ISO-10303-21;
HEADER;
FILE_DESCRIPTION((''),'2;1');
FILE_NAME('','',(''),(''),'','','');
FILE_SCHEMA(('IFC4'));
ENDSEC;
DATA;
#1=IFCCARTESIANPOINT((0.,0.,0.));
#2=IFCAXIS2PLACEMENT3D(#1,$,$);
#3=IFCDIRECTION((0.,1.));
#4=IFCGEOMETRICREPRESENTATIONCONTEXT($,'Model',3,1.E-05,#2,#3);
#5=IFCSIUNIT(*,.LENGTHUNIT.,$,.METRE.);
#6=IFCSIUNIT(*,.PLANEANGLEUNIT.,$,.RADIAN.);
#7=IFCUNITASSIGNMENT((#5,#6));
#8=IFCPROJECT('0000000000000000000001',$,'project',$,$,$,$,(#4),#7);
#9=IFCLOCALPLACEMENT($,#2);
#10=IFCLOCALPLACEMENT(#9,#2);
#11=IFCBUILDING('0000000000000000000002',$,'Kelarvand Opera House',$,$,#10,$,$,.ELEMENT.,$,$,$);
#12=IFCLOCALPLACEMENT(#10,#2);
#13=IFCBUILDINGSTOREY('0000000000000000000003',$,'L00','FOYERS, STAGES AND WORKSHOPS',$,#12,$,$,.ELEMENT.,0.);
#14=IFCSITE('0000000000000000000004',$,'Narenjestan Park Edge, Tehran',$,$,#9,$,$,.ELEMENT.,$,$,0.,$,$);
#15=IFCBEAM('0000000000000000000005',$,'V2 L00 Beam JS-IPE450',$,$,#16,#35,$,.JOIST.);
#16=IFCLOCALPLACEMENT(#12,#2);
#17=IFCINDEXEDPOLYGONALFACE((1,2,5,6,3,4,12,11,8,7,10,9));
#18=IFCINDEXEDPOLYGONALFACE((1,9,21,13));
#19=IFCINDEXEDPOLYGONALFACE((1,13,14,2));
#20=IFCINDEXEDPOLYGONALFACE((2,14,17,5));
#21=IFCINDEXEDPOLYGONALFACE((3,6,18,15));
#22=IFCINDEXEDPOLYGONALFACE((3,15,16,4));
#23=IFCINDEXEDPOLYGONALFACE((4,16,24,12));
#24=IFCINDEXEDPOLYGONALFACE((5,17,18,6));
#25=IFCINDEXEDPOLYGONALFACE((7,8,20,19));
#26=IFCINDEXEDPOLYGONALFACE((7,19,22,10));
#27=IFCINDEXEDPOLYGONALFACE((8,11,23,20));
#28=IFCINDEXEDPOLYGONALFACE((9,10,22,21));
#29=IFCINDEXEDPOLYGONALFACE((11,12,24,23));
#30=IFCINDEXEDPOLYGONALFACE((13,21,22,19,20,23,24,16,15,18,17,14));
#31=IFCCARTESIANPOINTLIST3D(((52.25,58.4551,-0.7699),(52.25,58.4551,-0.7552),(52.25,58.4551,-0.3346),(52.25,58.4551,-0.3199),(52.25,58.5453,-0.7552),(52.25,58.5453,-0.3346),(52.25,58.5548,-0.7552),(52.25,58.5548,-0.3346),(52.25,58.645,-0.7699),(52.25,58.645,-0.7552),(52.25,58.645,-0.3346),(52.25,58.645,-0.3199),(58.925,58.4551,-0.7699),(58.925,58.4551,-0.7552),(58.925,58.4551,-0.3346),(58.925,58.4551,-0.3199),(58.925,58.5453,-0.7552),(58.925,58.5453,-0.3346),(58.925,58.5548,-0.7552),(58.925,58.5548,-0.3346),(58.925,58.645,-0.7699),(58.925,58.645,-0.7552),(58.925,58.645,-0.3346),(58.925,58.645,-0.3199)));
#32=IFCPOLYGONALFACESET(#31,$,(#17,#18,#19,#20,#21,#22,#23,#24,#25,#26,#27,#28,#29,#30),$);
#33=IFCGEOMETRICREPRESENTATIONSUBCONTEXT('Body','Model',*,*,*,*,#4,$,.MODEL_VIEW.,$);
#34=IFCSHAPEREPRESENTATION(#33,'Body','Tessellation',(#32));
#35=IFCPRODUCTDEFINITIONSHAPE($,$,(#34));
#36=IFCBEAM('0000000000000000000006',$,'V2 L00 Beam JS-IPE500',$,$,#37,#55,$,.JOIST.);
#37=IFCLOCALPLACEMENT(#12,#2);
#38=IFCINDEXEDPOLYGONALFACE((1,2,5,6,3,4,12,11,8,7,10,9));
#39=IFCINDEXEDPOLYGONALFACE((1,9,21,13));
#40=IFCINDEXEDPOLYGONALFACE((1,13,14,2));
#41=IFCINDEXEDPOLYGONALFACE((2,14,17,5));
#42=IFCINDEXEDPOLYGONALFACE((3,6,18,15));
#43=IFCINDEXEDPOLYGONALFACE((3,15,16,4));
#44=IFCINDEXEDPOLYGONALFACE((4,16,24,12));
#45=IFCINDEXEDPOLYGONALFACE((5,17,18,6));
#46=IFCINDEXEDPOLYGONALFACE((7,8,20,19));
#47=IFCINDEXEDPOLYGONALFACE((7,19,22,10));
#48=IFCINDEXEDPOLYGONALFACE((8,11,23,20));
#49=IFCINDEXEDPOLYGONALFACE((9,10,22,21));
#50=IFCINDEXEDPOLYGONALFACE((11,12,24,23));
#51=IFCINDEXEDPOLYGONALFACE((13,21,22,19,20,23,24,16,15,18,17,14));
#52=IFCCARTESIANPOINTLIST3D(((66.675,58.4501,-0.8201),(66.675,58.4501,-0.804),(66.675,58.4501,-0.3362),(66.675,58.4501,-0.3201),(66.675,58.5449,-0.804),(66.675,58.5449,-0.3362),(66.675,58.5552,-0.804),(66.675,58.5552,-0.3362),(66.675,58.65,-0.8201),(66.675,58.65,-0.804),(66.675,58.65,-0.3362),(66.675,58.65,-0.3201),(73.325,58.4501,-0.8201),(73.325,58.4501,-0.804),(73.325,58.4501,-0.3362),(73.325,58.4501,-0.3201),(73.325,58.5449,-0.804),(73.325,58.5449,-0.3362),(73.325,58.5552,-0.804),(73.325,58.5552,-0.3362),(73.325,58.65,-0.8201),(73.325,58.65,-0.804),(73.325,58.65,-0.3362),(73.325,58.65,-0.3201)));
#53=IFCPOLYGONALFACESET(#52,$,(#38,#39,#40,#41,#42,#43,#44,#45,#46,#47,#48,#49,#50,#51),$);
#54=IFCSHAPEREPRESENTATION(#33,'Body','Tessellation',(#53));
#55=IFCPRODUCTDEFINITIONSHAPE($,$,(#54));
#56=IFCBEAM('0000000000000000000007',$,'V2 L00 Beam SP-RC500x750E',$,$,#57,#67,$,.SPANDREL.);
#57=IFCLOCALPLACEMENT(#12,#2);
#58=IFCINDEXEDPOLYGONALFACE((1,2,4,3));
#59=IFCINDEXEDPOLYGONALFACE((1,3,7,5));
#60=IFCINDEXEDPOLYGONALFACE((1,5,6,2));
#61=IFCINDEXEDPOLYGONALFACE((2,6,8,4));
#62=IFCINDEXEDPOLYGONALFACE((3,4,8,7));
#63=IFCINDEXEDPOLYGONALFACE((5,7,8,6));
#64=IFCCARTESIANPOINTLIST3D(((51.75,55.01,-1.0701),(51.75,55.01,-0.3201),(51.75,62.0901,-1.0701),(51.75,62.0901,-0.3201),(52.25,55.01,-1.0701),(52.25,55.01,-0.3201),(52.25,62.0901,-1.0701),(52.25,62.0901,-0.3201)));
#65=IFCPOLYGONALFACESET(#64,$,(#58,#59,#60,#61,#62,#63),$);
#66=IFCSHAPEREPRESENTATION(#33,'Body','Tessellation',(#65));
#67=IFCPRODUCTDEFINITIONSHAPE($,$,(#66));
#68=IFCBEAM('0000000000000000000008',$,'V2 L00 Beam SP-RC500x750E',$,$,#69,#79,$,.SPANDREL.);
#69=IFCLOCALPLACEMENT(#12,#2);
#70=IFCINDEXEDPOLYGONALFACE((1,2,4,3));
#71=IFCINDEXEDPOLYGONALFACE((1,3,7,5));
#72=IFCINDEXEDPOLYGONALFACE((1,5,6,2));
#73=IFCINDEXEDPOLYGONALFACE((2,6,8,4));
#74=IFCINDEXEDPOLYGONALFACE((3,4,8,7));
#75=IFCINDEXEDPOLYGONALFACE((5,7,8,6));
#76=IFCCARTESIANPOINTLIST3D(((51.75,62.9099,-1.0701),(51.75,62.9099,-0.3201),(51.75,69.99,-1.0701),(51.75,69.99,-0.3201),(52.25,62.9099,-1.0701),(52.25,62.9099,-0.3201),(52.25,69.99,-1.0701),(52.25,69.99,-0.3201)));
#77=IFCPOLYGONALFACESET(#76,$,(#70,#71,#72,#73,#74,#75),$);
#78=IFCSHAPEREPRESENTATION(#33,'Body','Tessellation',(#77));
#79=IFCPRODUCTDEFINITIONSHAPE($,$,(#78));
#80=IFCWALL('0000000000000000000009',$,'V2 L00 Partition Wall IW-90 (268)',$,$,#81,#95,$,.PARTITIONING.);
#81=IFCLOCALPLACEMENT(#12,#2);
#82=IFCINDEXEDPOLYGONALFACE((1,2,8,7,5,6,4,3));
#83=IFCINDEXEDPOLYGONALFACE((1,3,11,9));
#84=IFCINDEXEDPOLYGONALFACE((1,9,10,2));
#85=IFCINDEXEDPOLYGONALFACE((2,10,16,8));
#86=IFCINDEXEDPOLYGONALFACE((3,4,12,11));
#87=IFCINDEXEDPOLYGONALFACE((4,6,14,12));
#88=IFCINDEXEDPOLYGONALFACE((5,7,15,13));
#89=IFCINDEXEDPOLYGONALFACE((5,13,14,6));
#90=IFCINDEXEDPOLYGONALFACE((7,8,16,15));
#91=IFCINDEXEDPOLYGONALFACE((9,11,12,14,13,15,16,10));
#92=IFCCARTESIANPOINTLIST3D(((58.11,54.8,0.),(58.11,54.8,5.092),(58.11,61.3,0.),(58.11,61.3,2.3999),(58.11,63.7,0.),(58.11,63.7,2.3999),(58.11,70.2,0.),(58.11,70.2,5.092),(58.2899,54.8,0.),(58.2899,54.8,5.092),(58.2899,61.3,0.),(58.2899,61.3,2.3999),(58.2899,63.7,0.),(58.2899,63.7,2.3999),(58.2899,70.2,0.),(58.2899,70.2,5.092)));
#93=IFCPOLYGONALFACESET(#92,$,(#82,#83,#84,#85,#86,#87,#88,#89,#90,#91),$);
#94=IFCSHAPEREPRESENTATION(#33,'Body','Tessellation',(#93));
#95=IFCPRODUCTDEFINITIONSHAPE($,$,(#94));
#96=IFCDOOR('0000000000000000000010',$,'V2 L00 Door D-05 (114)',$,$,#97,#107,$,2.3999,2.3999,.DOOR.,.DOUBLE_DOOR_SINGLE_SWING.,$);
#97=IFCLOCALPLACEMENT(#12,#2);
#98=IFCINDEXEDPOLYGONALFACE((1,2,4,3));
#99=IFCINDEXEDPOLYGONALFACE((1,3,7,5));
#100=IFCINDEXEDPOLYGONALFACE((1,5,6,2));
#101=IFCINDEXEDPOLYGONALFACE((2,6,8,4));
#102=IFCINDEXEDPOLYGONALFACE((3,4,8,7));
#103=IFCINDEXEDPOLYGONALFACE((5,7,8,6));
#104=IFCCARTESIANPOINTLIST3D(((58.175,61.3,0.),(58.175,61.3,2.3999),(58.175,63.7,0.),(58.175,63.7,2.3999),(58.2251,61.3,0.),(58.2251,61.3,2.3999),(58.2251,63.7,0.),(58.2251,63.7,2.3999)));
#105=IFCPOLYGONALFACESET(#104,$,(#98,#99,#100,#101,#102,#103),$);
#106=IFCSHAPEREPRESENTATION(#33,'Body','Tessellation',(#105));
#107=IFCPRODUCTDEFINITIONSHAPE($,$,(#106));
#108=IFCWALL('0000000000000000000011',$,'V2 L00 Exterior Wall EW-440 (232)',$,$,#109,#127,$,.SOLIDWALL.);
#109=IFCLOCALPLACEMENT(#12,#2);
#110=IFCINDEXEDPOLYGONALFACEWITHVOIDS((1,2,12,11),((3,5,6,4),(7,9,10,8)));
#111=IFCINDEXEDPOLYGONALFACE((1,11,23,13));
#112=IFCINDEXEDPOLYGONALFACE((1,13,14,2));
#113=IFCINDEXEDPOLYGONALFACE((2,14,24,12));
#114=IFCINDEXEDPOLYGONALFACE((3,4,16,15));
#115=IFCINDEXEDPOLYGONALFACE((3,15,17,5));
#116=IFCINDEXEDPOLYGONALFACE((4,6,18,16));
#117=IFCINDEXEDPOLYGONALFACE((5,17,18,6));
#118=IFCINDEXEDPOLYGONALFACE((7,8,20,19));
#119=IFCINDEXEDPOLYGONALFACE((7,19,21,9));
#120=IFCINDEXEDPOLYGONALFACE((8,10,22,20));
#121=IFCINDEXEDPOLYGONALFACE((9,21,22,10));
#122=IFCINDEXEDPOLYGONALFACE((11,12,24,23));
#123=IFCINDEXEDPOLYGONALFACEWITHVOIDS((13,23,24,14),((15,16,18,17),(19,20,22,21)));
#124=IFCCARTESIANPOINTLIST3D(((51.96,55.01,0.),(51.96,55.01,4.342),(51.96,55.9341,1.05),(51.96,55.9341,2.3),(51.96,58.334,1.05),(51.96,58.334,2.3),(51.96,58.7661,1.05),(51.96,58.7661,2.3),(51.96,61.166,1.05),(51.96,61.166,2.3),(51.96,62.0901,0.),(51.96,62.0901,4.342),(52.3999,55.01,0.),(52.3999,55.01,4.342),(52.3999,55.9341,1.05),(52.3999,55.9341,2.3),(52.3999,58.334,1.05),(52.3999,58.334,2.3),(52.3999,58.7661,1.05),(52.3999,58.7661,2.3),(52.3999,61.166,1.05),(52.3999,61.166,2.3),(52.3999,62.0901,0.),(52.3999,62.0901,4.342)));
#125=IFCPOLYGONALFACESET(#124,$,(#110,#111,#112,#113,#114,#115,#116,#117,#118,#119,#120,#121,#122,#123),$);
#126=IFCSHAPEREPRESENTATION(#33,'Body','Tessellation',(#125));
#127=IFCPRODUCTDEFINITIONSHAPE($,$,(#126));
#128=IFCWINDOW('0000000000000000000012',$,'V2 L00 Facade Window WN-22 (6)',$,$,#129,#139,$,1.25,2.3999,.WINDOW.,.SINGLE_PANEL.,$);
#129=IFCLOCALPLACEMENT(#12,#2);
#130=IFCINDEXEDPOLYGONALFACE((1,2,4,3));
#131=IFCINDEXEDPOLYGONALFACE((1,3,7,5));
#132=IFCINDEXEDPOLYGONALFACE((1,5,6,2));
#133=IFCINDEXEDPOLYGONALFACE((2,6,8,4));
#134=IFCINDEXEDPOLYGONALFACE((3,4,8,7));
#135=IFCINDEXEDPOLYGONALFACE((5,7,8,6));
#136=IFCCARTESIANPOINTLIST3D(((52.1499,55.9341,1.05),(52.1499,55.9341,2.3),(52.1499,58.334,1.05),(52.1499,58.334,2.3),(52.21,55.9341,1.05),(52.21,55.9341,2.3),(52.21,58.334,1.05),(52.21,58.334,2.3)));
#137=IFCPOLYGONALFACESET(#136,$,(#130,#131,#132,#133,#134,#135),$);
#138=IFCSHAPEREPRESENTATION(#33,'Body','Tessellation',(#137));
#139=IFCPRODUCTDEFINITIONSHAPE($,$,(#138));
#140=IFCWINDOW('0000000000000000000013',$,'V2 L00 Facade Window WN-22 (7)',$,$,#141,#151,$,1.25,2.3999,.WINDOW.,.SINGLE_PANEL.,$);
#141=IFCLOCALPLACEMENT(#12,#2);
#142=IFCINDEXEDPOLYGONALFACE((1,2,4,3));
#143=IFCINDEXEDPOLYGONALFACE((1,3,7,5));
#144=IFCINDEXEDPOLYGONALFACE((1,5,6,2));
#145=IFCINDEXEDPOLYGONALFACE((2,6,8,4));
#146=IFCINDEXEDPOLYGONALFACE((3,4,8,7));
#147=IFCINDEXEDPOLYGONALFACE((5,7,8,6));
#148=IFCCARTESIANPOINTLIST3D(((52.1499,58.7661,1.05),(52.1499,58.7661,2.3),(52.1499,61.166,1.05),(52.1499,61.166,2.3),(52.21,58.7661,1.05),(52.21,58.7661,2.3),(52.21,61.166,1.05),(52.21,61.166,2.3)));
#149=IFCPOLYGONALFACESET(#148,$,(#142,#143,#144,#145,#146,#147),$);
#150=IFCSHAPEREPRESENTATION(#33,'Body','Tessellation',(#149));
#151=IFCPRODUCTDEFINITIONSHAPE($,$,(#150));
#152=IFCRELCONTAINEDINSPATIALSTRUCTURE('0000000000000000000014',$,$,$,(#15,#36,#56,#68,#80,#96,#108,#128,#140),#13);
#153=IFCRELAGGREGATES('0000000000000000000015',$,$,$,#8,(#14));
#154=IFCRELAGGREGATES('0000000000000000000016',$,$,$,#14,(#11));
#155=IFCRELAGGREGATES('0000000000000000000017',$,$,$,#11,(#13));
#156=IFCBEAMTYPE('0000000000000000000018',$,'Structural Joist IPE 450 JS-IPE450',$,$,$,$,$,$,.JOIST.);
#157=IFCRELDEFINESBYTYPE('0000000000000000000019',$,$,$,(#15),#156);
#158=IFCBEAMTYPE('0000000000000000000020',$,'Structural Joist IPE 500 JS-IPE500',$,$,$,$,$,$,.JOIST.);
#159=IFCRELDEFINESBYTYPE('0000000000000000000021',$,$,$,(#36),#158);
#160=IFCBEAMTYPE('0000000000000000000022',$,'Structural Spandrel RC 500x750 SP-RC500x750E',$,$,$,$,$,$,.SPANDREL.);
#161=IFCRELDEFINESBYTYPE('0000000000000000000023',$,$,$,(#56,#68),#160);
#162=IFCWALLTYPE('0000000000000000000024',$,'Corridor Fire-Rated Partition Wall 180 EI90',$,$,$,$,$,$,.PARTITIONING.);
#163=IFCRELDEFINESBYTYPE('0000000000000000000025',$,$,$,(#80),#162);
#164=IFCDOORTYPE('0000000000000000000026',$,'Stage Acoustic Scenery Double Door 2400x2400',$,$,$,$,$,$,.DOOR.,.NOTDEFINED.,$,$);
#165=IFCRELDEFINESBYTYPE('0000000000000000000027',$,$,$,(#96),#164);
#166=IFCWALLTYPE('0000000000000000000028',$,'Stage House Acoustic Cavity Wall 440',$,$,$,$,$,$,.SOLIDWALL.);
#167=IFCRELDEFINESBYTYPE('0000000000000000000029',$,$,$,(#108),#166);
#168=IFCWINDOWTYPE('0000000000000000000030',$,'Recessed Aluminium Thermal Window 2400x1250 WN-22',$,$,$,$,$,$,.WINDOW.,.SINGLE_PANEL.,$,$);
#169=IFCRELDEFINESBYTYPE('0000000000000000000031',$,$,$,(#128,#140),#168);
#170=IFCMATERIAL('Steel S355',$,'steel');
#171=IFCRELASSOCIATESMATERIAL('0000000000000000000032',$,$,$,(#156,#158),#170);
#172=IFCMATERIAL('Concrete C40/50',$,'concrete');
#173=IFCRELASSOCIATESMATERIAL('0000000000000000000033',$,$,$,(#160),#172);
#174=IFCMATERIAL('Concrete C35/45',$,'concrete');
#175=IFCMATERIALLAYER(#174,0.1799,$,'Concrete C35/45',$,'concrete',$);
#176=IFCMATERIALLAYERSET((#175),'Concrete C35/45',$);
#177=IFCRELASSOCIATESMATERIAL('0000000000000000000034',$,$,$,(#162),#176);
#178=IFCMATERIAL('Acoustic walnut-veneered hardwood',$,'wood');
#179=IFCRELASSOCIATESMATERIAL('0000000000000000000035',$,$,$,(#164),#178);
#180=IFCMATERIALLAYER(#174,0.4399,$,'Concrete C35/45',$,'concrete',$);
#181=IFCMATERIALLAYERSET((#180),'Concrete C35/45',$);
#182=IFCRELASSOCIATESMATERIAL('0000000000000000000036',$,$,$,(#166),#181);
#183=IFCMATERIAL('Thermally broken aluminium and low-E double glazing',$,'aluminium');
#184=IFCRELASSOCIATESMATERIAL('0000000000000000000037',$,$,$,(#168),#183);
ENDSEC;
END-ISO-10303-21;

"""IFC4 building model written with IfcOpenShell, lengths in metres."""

from ifc_helpers import new_model, si_unit, direction, frame, frame_2d, origin, origin_2d, place, context, subcontext, project, spatial, rectangle, i_section, extrude, material, layer, layer_set, material_profile, profile_set, type_object, element, fill, save


model = new_model("IFC4")

# Units and contexts
model_context = context("Model", 3, precision=1e-05, world=origin(), true_north=direction((0.0, 1.0)))
body_context = subcontext(model_context, "Body", "Model", "MODEL_VIEW")
ifc_project = project(units=[si_unit("LENGTHUNIT", "METRE"), si_unit("PLANEANGLEUNIT", "RADIAN")], contexts=[model_context])

# Site, building, storey
site_placement = place(None, origin())
site = spatial("IfcSite", under=ifc_project, at=site_placement, Name="Narenjestan Park Edge, Tehran", CompositionType="ELEMENT", RefElevation=0.0)
building_placement = place(site_placement, origin())
building = spatial("IfcBuilding", under=site, at=building_placement, Name="Kelarvand Opera House", CompositionType="ELEMENT")
storey_placement = place(building_placement, origin())
storey = spatial("IfcBuildingStorey", under=building, at=storey_placement, Name="L00", Description="FOYERS, STAGES AND WORKSHOPS", CompositionType="ELEMENT", Elevation=0.0)

# Shared definitions
ifc_material_1 = material(Name="Concrete C40/50", Category="concrete")

# Beams
ifc_material_2 = material(Name="Steel S355", Category="steel")
ifc_material_profile_1 = material_profile(ifc_material_2, i_section(OverallWidth=0.1899, OverallDepth=0.45, WebThickness=0.0095, FlangeThickness=0.0146, at=origin_2d()), Name="IPE 450", Category="steel")
ifc_profile_set_1 = profile_set([ifc_material_profile_1], Name="Steel S355")
beam_type_1 = type_object("IfcBeamType", Name="Structural Joist IPE 450 JS-IPE450", PredefinedType="JOIST", material=ifc_profile_set_1)
beam_1_placement = place(storey_placement, frame((52.25, 58.55, -0.5449), z_axis=(1.0, 0.0, 0.0), x_axis=(0.0, 1.0, 0.0)))
element("IfcBeam", 1, at=beam_1_placement, inside=storey, type_object=beam_type_1, Name="V2 L00 Beam JS-IPE450", PredefinedType="JOIST", context=body_context, shape_type="SweptSolid", body=[
    extrude(i_section(OverallWidth=0.1899, OverallDepth=0.45, WebThickness=0.0095, FlangeThickness=0.0146, at=origin_2d()), origin(), (0.0, 0.0, 1.0), 6.675),
])
ifc_material_profile_2 = material_profile(ifc_material_2, i_section(OverallWidth=0.2, OverallDepth=0.5, WebThickness=0.0103, FlangeThickness=0.0161, at=origin_2d()), Name="IPE 500", Category="steel")
ifc_profile_set_2 = profile_set([ifc_material_profile_2], Name="Steel S355")
beam_type_2 = type_object("IfcBeamType", Name="Structural Joist IPE 500 JS-IPE500", PredefinedType="JOIST", material=ifc_profile_set_2)
beam_2_placement = place(storey_placement, frame((66.675, 58.55, -0.5701), z_axis=(1.0, 0.0, 0.0), x_axis=(0.0, 1.0, 0.0)))
element("IfcBeam", 2, at=beam_2_placement, inside=storey, type_object=beam_type_2, Name="V2 L00 Beam JS-IPE500", PredefinedType="JOIST", context=body_context, shape_type="SweptSolid", body=[
    extrude(i_section(OverallWidth=0.2, OverallDepth=0.5, WebThickness=0.0103, FlangeThickness=0.0161, at=origin_2d()), origin(), (0.0, 0.0, 1.0), 6.6499),
])
ifc_material_profile_3 = material_profile(ifc_material_1, rectangle(XDim=0.5, YDim=0.75, at=origin_2d()), Name="RC 500x750", Category="concrete")
ifc_profile_set_3 = profile_set([ifc_material_profile_3], Name="Concrete C40/50")
beam_type_3 = type_object("IfcBeamType", Name="Structural Spandrel RC 500x750 SP-RC500x750E", PredefinedType="SPANDREL", material=ifc_profile_set_3)
for number, where, z_axis, x_axis, name in (
    (3, (52.0, 55.01, -0.6951), (0.0, 1.0, 0.0), (-1.0, 0.0, 0.0), "V2 L00 Beam SP-RC500x750E"),
    (4, (52.0, 62.9099, -0.6951), (0.0, 1.0, 0.0), (-1.0, 0.0, 0.0), "V2 L00 Beam SP-RC500x750E"),
):
    element("IfcBeam", number, at=place(storey_placement, frame(where, z_axis=z_axis, x_axis=x_axis)), inside=storey, type_object=beam_type_3, Name=name, PredefinedType="SPANDREL", context=body_context, shape_type="SweptSolid", body=[
        extrude(rectangle(XDim=0.5, YDim=0.75, at=origin_2d()), origin(), (0.0, 0.0, 1.0), 7.0801),
    ])

# Wall, opening, door
ifc_material_3 = material(Name="Concrete C35/45", Category="concrete")
ifc_layer_1 = layer(ifc_material_3, 0.1799, Name="Concrete C35/45", Category="concrete")
ifc_layer_set_1 = layer_set([ifc_layer_1], Name="Concrete C35/45")
wall_type_1 = type_object("IfcWallType", Name="Corridor Fire-Rated Partition Wall 180 EI90", PredefinedType="PARTITIONING", material=ifc_layer_set_1)
wall_1_placement = place(storey_placement, frame((58.2, 54.8, 0.0), z_axis=(0.0, 0.0, 1.0), x_axis=(0.0, 1.0, 0.0)))
wall_1 = element("IfcWall", 5, at=wall_1_placement, inside=storey, type_object=wall_type_1, Name="V2 L00 Partition Wall IW-90 (268)", PredefinedType="PARTITIONING", context=body_context, shape_type="SweptSolid", body=[
    extrude(rectangle(XDim=15.3999, YDim=0.1799, at=frame_2d((7.7, 0.0))), origin(), (0.0, 0.0, 1.0), 5.092),
])
opening_1_placement = place(wall_1_placement, frame((6.5, 0.0, 0.0)))
opening_1 = element("IfcOpeningElement", 6, at=opening_1_placement, cuts=wall_1, PredefinedType="OPENING", context=body_context, shape_type="SweptSolid", body=[
    extrude(rectangle(XDim=2.3999, YDim=2.3999, at=frame_2d((1.2, 1.2))), frame((0.0, 0.1001, 0.0), z_axis=(0.0, -1.0, 0.0), x_axis=(1.0, 0.0, 0.0)), (0.0, 0.0, 1.0), 0.2),
])
ifc_material_4 = material(Name="Acoustic walnut-veneered hardwood", Category="wood")
door_type = type_object("IfcDoorType", Name="Stage Acoustic Scenery Double Door 2400x2400", OperationType="NOTDEFINED", PredefinedType="DOOR", material=ifc_material_4)
door_placement = place(opening_1_placement, origin())
door = element("IfcDoor", 7, at=door_placement, inside=storey, type_object=door_type, Name="V2 L00 Door D-05 (114)", OperationType="DOUBLE_DOOR_SINGLE_SWING", OverallHeight=2.3999, OverallWidth=2.3999, PredefinedType="DOOR", context=body_context, shape_type="SweptSolid", body=[
    extrude(rectangle(XDim=2.3999, YDim=2.3999, at=frame_2d((1.2, 1.2))), frame((0.0, 0.0249, 0.0), z_axis=(0.0, -1.0, 0.0), x_axis=(1.0, 0.0, 0.0)), (0.0, 0.0, 1.0), 0.05),
])
fill(opening_1, door)

# Wall, openings, windows
ifc_layer_2 = layer(ifc_material_3, 0.4399, Name="Concrete C35/45", Category="concrete")
ifc_layer_set_2 = layer_set([ifc_layer_2], Name="Concrete C35/45")
wall_type_2 = type_object("IfcWallType", Name="Stage House Acoustic Cavity Wall 440", PredefinedType="SOLIDWALL", material=ifc_layer_set_2)
wall_2_placement = place(storey_placement, frame((52.1799, 55.01, 0.0), z_axis=(0.0, 0.0, 1.0), x_axis=(0.0, 1.0, 0.0)))
wall_2 = element("IfcWall", 8, at=wall_2_placement, inside=storey, type_object=wall_type_2, Name="V2 L00 Exterior Wall EW-440 (232)", PredefinedType="SOLIDWALL", context=body_context, shape_type="SweptSolid", body=[
    extrude(rectangle(XDim=7.0801, YDim=0.4399, at=frame_2d((3.54, 0.0))), origin(), (0.0, 0.0, 1.0), 4.342),
])
opening_2_placement = place(wall_2_placement, frame((0.9241, 0.0, 1.05)))
opening_2 = element("IfcOpeningElement", 9, at=opening_2_placement, cuts=wall_2, PredefinedType="OPENING", context=body_context, shape_type="SweptSolid", body=[
    extrude(rectangle(XDim=2.3999, YDim=1.25, at=frame_2d((1.2, 0.625))), frame((0.0, 0.23, 0.0), z_axis=(0.0, -1.0, 0.0), x_axis=(1.0, 0.0, 0.0)), (0.0, 0.0, 1.0), 0.46),
])
opening_3_placement = place(wall_2_placement, frame((3.7561, 0.0, 1.05)))
opening_3 = element("IfcOpeningElement", 10, at=opening_3_placement, cuts=wall_2, PredefinedType="OPENING", context=body_context, shape_type="SweptSolid", body=[
    extrude(rectangle(XDim=2.3999, YDim=1.25, at=frame_2d((1.2, 0.625))), frame((0.0, 0.23, 0.0), z_axis=(0.0, -1.0, 0.0), x_axis=(1.0, 0.0, 0.0)), (0.0, 0.0, 1.0), 0.46),
])
ifc_material_5 = material(Name="Thermally broken aluminium and low-E double glazing", Category="aluminium")
window_type = type_object("IfcWindowType", Name="Recessed Aluminium Thermal Window 2400x1250 WN-22", PartitioningType="SINGLE_PANEL", PredefinedType="WINDOW", material=ifc_material_5)
window_1_placement = place(opening_2_placement, origin())
window_1 = element("IfcWindow", 11, at=window_1_placement, inside=storey, type_object=window_type, Name="V2 L00 Facade Window WN-22 (6)", OverallHeight=1.25, OverallWidth=2.3999, PartitioningType="SINGLE_PANEL", PredefinedType="WINDOW", context=body_context, shape_type="SweptSolid", body=[
    extrude(rectangle(XDim=2.3999, YDim=1.25, at=frame_2d((1.2, 0.625))), frame((0.0, 0.03, 0.0), z_axis=(0.0, -1.0, 0.0), x_axis=(1.0, 0.0, 0.0)), (0.0, 0.0, 1.0), 0.0601),
])
fill(opening_2, window_1)
window_2_placement = place(opening_3_placement, origin())
window_2 = element("IfcWindow", 12, at=window_2_placement, inside=storey, type_object=window_type, Name="V2 L00 Facade Window WN-22 (7)", OverallHeight=1.25, OverallWidth=2.3999, PartitioningType="SINGLE_PANEL", PredefinedType="WINDOW", context=body_context, shape_type="SweptSolid", body=[
    extrude(rectangle(XDim=2.3999, YDim=1.25, at=frame_2d((1.2, 0.625))), frame((0.0, 0.03, 0.0), z_axis=(0.0, -1.0, 0.0), x_axis=(1.0, 0.0, 0.0)), (0.0, 0.0, 1.0), 0.0601),
])
fill(opening_3, window_2)

save(model, "model.ifc")
